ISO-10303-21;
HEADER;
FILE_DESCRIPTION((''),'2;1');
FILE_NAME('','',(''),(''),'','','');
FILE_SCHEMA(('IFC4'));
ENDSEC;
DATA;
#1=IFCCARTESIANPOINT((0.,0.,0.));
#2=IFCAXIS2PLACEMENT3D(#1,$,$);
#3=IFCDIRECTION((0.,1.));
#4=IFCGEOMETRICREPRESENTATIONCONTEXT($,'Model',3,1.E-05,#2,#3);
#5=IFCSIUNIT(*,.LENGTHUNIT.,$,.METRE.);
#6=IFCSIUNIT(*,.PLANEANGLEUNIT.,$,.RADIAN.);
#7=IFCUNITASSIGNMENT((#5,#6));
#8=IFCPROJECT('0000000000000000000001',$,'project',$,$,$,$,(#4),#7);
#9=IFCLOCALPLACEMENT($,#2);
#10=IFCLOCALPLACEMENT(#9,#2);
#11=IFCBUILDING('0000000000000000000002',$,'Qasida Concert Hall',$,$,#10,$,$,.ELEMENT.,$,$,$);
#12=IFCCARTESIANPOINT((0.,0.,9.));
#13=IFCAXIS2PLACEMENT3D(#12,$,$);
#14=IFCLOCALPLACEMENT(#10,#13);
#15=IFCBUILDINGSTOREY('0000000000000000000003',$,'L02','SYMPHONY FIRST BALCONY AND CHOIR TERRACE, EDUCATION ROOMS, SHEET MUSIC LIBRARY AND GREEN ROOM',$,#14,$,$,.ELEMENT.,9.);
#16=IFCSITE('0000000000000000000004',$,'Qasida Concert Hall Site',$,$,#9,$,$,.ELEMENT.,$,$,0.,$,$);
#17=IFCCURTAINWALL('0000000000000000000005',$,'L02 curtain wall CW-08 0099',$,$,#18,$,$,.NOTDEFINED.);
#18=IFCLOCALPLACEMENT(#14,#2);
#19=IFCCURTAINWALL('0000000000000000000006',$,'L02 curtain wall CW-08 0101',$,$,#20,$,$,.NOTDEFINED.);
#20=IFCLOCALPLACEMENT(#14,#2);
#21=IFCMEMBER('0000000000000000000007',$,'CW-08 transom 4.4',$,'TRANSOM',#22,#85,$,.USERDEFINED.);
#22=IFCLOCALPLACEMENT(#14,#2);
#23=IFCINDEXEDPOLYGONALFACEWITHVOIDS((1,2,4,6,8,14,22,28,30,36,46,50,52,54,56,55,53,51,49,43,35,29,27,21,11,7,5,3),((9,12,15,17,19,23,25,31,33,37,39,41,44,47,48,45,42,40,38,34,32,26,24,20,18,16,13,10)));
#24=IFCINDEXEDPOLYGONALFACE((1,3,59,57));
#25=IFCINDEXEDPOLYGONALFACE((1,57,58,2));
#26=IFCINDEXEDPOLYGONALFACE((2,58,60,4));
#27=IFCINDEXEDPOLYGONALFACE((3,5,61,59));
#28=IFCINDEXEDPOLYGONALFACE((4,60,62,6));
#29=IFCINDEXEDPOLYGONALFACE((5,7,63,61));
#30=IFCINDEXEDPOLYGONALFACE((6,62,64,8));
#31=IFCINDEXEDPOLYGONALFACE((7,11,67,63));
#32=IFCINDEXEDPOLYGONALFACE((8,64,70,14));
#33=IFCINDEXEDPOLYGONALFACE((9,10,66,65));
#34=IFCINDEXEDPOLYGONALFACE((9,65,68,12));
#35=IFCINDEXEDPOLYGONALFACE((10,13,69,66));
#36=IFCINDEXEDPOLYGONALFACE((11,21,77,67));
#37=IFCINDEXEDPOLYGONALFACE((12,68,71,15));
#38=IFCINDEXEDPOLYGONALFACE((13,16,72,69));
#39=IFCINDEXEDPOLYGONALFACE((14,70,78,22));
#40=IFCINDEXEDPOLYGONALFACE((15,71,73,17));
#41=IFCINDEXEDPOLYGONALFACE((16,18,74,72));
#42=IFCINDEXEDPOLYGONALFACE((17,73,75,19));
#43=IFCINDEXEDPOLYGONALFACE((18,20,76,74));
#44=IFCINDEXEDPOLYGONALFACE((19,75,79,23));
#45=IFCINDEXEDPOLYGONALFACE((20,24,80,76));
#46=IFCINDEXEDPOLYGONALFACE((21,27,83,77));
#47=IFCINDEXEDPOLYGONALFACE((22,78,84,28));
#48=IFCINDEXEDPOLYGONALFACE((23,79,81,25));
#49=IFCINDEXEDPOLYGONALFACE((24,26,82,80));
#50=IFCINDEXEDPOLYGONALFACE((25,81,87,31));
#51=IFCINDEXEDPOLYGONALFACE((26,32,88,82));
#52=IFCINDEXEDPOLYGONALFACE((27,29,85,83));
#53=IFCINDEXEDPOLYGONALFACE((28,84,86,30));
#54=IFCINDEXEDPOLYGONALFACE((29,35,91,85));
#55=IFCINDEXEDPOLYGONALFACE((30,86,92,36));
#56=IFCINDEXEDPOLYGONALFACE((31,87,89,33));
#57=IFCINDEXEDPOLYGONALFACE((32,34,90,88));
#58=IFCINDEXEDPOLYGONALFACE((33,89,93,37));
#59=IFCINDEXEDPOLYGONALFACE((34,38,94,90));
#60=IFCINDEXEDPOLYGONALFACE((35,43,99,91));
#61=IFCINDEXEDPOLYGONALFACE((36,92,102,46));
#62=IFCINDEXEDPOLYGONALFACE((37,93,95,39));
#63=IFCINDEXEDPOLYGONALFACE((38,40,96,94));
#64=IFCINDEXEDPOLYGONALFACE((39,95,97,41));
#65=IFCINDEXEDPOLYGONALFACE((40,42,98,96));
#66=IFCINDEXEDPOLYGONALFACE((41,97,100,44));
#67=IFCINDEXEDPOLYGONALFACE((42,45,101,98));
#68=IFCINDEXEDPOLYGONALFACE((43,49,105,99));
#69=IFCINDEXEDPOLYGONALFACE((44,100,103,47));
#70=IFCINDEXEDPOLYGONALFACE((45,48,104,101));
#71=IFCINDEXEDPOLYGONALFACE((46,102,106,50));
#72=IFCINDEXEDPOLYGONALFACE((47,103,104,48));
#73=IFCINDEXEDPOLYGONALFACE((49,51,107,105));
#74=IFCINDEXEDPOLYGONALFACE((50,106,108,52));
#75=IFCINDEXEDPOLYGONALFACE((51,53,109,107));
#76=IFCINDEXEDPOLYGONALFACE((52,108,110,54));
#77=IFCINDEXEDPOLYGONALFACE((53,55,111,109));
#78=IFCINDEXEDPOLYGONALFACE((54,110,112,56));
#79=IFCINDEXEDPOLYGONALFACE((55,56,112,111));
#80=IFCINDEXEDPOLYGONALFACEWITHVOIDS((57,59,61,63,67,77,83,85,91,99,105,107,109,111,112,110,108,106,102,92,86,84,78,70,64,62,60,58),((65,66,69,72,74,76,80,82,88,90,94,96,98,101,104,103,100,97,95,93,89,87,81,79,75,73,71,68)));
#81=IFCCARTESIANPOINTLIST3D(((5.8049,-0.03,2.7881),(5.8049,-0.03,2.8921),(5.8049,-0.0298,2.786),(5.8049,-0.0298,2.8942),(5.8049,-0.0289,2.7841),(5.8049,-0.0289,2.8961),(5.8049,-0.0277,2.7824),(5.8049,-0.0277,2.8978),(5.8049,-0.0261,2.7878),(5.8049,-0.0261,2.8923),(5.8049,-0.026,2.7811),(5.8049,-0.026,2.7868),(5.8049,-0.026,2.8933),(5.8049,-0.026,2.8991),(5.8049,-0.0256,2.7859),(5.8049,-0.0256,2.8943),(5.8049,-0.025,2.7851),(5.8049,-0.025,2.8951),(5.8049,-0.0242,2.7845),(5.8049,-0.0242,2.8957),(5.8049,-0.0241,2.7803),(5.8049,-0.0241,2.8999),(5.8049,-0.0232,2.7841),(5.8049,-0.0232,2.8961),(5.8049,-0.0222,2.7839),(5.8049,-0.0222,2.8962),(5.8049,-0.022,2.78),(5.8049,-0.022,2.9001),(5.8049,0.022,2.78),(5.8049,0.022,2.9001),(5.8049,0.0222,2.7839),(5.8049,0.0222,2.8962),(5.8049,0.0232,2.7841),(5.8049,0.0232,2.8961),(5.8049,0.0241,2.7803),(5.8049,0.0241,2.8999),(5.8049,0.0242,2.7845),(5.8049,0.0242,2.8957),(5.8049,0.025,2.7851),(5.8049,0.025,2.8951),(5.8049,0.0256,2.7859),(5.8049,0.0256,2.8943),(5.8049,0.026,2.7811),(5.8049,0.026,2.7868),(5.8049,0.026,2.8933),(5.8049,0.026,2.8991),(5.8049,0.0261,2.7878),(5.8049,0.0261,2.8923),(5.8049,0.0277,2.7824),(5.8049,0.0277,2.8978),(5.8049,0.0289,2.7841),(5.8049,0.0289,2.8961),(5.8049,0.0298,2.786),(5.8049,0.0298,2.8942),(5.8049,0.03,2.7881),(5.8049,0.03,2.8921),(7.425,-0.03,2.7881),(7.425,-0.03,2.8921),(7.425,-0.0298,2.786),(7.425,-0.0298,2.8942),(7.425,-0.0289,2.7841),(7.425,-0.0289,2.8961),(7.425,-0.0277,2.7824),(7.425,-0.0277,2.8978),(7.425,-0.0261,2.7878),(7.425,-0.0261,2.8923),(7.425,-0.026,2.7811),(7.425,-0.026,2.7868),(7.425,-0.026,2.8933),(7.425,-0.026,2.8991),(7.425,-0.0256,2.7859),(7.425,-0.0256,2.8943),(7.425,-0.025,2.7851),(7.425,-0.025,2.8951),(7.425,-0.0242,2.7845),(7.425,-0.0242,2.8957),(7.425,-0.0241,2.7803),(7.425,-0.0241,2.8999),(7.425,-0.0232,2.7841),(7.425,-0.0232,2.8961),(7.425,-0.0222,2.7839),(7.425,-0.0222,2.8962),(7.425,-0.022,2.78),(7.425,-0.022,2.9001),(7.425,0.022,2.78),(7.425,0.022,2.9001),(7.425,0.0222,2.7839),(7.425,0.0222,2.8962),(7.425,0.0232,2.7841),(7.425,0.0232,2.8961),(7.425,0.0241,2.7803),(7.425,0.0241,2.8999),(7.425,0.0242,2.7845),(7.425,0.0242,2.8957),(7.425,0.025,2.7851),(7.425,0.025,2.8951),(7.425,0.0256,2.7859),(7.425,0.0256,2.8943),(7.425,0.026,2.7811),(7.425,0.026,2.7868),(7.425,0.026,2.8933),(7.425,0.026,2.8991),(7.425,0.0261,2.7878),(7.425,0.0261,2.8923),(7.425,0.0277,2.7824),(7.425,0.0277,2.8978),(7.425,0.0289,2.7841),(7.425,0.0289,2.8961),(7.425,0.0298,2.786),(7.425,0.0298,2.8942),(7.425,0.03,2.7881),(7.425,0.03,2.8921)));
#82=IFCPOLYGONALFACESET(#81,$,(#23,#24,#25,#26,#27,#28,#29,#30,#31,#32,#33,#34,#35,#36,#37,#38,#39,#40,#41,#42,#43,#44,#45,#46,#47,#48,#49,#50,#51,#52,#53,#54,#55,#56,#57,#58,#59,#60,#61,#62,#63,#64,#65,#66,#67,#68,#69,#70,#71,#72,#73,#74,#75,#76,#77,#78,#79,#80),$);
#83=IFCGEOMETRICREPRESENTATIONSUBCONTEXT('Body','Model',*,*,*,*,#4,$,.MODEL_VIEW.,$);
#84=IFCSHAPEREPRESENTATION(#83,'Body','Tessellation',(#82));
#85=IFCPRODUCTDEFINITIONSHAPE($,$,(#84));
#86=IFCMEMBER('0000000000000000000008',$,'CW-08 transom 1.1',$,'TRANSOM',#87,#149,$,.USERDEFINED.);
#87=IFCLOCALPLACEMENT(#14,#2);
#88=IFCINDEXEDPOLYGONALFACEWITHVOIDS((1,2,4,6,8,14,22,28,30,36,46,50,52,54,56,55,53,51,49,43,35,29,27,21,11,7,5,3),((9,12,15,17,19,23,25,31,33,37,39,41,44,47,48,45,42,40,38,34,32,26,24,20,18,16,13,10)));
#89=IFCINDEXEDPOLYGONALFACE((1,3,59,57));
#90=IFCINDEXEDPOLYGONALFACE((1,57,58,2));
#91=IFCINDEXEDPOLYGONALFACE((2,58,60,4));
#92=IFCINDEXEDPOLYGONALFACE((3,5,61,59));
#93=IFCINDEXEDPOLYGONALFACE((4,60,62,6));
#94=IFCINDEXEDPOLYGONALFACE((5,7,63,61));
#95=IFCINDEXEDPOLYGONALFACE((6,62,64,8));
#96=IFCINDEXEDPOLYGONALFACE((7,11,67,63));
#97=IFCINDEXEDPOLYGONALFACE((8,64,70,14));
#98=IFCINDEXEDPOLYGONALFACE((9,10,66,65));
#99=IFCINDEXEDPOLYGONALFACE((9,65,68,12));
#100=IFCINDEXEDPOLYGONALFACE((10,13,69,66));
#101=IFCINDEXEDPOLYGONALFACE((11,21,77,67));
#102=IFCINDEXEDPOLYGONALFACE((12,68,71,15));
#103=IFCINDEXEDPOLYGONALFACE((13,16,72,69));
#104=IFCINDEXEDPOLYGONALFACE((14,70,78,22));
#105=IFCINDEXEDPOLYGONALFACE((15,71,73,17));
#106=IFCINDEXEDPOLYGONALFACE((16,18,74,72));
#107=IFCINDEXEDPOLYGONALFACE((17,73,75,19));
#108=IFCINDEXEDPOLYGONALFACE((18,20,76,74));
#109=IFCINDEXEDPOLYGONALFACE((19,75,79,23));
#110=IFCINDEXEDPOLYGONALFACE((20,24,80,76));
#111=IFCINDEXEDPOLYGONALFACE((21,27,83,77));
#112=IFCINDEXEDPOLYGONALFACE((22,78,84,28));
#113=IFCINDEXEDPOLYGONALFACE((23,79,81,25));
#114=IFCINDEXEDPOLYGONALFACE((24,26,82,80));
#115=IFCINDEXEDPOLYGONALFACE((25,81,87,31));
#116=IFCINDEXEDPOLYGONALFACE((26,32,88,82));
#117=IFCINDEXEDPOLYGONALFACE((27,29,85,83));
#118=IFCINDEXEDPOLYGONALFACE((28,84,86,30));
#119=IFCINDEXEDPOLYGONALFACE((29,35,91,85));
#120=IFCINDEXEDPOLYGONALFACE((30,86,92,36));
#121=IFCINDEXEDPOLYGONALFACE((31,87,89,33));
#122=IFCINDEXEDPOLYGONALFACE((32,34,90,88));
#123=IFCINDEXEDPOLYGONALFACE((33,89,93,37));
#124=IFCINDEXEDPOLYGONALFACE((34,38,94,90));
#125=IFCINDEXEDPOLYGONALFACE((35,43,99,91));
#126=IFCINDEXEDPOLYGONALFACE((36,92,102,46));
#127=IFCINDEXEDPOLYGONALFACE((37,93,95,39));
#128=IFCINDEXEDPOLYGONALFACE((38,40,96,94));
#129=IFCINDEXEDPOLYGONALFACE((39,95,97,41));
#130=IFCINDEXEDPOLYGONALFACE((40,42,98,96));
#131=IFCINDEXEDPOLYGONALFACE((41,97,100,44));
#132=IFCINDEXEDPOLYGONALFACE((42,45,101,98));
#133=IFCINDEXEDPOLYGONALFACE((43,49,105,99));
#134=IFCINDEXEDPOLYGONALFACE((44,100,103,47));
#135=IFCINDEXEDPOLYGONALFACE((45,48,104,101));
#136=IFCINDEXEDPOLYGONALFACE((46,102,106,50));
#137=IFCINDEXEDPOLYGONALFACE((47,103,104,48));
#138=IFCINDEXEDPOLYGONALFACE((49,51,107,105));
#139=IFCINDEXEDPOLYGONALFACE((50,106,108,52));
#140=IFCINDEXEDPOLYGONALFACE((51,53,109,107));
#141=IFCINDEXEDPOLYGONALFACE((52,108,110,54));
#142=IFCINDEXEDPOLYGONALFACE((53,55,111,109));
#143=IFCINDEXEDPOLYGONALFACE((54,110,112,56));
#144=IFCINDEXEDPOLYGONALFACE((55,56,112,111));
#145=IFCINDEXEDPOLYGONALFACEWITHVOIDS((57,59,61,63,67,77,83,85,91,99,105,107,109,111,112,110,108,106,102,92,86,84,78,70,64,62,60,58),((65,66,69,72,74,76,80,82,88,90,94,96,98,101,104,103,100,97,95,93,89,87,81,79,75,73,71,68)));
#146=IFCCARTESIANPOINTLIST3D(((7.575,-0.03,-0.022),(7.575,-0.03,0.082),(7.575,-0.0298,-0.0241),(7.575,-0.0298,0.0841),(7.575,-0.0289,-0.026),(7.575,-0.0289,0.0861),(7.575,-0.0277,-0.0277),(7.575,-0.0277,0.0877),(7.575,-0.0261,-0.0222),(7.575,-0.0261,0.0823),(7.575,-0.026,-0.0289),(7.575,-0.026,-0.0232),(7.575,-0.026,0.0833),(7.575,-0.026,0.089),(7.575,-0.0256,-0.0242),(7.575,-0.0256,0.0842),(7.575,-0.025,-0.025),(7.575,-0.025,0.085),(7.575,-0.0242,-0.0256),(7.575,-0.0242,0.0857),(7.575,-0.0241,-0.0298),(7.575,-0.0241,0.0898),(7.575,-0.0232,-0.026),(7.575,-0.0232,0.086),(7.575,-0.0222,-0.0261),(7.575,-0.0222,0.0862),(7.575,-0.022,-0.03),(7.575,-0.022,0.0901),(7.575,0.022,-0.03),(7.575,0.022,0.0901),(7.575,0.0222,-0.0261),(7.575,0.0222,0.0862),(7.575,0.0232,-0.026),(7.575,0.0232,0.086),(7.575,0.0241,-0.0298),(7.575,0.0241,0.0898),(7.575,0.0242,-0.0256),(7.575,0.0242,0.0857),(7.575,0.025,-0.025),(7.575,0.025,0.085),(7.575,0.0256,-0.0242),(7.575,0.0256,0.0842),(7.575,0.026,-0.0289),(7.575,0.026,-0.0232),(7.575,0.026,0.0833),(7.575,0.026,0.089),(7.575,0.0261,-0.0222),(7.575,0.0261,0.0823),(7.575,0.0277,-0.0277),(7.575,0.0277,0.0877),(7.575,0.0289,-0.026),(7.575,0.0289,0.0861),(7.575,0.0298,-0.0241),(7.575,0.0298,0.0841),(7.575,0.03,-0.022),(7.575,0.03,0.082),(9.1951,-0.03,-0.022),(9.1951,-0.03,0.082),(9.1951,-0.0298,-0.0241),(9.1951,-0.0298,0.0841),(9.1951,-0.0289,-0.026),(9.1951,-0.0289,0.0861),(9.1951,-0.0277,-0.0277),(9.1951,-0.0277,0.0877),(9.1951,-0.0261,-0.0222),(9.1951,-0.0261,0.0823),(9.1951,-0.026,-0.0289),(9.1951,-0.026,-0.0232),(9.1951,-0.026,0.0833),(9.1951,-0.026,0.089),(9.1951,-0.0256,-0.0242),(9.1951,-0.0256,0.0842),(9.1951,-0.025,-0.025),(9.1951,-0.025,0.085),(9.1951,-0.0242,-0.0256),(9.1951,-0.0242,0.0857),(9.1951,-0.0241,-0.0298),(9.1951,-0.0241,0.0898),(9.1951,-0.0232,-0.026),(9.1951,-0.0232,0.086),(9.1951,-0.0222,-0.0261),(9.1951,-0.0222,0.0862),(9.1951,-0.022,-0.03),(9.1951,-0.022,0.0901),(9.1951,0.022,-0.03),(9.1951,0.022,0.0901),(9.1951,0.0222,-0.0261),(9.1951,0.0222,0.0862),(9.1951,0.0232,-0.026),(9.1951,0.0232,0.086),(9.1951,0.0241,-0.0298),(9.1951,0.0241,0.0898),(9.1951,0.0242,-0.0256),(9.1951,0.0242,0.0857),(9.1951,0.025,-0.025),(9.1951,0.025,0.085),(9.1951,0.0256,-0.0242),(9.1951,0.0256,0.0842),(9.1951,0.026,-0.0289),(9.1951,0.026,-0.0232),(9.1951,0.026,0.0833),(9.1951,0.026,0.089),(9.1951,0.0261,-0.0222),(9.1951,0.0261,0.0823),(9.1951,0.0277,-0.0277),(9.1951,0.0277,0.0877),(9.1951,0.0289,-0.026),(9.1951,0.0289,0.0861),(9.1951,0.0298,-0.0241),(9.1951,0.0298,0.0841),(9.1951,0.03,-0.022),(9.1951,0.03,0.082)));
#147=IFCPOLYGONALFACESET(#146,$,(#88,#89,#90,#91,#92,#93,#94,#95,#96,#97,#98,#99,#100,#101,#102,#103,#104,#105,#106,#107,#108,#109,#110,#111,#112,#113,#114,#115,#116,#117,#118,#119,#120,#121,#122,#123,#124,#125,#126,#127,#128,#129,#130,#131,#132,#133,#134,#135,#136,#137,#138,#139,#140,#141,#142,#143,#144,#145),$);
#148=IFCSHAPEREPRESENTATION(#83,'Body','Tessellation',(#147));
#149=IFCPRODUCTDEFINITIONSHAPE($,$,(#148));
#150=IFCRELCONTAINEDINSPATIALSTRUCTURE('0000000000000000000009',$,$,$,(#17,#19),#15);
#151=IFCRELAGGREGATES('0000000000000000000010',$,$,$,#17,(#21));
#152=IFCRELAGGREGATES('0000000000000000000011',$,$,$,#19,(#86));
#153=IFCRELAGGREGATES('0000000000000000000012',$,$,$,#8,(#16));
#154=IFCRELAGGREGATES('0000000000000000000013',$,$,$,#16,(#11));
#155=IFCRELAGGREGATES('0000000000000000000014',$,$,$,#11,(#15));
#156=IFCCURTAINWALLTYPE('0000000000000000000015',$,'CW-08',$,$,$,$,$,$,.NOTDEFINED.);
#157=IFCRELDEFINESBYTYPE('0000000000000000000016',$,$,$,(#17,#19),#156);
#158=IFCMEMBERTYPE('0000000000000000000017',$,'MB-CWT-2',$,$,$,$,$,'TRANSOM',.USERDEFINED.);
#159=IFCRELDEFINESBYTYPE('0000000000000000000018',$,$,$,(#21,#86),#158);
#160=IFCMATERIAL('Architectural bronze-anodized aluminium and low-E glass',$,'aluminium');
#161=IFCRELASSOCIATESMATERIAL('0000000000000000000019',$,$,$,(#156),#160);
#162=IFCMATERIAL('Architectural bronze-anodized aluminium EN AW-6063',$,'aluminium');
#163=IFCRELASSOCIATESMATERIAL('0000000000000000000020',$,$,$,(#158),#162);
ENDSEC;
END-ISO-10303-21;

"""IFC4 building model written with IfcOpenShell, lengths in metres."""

from ifc_helpers import new_model, si_unit, direction, frame, origin, origin_2d, place, context, subcontext, project, spatial, hollow_rectangle, extrude, material, material_profile, profile_set, type_object, element, aggregate, save


model = new_model("IFC4")

# Units and contexts
model_context = context("Model", 3, precision=1e-05, world=origin(), true_north=direction((0.0, 1.0)))
body_context = subcontext(model_context, "Body", "Model", "MODEL_VIEW")
ifc_project = project(units=[si_unit("LENGTHUNIT", "METRE"), si_unit("PLANEANGLEUNIT", "RADIAN")], contexts=[model_context])

# Site, building, storey
site_placement = place(None, origin())
site = spatial("IfcSite", under=ifc_project, at=site_placement, Name="Qasida Concert Hall Site", CompositionType="ELEMENT", RefElevation=0.0)
building_placement = place(site_placement, origin())
building = spatial("IfcBuilding", under=site, at=building_placement, Name="Qasida Concert Hall", CompositionType="ELEMENT")
storey_placement = place(building_placement, frame((0.0, 0.0, 9.0)))
storey = spatial("IfcBuildingStorey", under=building, at=storey_placement, Name="L02", Description="SYMPHONY FIRST BALCONY AND CHOIR TERRACE, EDUCATION ROOMS, SHEET MUSIC LIBRARY AND GREEN ROOM", CompositionType="ELEMENT", Elevation=9.0)

# Curtain wall
ifc_material_1 = material(Name="Architectural bronze-anodized aluminium and low-E glass", Category="aluminium")
curtain_wall_type = type_object("IfcCurtainWallType", Name="CW-08", PredefinedType="NOTDEFINED", material=ifc_material_1)
curtain_wall_1_placement = place(storey_placement, origin())
curtain_wall_1 = element("IfcCurtainWall", 1, at=curtain_wall_1_placement, inside=storey, type_object=curtain_wall_type, Name="L02 curtain wall CW-08 0099", PredefinedType="NOTDEFINED")
ifc_material_2 = material(Name="Architectural bronze-anodized aluminium EN AW-6063", Category="aluminium")

# Curtain wall
curtain_wall_2_placement = place(storey_placement, origin())
curtain_wall_2 = element("IfcCurtainWall", 2, at=curtain_wall_2_placement, inside=storey, type_object=curtain_wall_type, Name="L02 curtain wall CW-08 0101", PredefinedType="NOTDEFINED")

# Members
ifc_material_profile_1 = material_profile(ifc_material_2, hollow_rectangle(XDim=0.0601, YDim=0.1201, WallThickness=0.0039, InnerFilletRadius=0.0039, OuterFilletRadius=0.0081, at=origin_2d()), Name="CWT 120x60x4")
ifc_profile_set_1 = profile_set([ifc_material_profile_1], Name="Architectural bronze-anodized aluminium EN AW-6063")
member_type_1 = type_object("IfcMemberType", Name="MB-CWT-2", ElementType="TRANSOM", PredefinedType="USERDEFINED", material=ifc_profile_set_1)
member_1_placement = place(storey_placement, frame((5.8049, 0.0, 2.8401), z_axis=(1.0, 0.0, 0.0), x_axis=(0.0, 1.0, 0.0)))
member_1 = element("IfcMember", 3, at=member_1_placement, type_object=member_type_1, Name="CW-08 transom 4.4", ObjectType="TRANSOM", PredefinedType="USERDEFINED", context=body_context, shape_type="SweptSolid", body=[
    extrude(hollow_rectangle(XDim=0.0601, YDim=0.1201, WallThickness=0.0039, InnerFilletRadius=0.0039, OuterFilletRadius=0.0081, at=origin_2d()), origin(), (0.0, 0.0, 1.0), 1.6201),
])
member_2_placement = place(storey_placement, frame((7.575, 0.0, 0.03), z_axis=(1.0, 0.0, 0.0), x_axis=(0.0, 1.0, 0.0)))
member_2 = element("IfcMember", 4, at=member_2_placement, type_object=member_type_1, Name="CW-08 transom 1.1", ObjectType="TRANSOM", PredefinedType="USERDEFINED", context=body_context, shape_type="SweptSolid", body=[
    extrude(hollow_rectangle(XDim=0.0601, YDim=0.1201, WallThickness=0.0039, InnerFilletRadius=0.0039, OuterFilletRadius=0.0081, at=origin_2d()), origin(), (0.0, 0.0, 1.0), 1.6201),
])

aggregate(curtain_wall_1, [member_1])
aggregate(curtain_wall_2, [member_2])

save(model, "model.ifc")
